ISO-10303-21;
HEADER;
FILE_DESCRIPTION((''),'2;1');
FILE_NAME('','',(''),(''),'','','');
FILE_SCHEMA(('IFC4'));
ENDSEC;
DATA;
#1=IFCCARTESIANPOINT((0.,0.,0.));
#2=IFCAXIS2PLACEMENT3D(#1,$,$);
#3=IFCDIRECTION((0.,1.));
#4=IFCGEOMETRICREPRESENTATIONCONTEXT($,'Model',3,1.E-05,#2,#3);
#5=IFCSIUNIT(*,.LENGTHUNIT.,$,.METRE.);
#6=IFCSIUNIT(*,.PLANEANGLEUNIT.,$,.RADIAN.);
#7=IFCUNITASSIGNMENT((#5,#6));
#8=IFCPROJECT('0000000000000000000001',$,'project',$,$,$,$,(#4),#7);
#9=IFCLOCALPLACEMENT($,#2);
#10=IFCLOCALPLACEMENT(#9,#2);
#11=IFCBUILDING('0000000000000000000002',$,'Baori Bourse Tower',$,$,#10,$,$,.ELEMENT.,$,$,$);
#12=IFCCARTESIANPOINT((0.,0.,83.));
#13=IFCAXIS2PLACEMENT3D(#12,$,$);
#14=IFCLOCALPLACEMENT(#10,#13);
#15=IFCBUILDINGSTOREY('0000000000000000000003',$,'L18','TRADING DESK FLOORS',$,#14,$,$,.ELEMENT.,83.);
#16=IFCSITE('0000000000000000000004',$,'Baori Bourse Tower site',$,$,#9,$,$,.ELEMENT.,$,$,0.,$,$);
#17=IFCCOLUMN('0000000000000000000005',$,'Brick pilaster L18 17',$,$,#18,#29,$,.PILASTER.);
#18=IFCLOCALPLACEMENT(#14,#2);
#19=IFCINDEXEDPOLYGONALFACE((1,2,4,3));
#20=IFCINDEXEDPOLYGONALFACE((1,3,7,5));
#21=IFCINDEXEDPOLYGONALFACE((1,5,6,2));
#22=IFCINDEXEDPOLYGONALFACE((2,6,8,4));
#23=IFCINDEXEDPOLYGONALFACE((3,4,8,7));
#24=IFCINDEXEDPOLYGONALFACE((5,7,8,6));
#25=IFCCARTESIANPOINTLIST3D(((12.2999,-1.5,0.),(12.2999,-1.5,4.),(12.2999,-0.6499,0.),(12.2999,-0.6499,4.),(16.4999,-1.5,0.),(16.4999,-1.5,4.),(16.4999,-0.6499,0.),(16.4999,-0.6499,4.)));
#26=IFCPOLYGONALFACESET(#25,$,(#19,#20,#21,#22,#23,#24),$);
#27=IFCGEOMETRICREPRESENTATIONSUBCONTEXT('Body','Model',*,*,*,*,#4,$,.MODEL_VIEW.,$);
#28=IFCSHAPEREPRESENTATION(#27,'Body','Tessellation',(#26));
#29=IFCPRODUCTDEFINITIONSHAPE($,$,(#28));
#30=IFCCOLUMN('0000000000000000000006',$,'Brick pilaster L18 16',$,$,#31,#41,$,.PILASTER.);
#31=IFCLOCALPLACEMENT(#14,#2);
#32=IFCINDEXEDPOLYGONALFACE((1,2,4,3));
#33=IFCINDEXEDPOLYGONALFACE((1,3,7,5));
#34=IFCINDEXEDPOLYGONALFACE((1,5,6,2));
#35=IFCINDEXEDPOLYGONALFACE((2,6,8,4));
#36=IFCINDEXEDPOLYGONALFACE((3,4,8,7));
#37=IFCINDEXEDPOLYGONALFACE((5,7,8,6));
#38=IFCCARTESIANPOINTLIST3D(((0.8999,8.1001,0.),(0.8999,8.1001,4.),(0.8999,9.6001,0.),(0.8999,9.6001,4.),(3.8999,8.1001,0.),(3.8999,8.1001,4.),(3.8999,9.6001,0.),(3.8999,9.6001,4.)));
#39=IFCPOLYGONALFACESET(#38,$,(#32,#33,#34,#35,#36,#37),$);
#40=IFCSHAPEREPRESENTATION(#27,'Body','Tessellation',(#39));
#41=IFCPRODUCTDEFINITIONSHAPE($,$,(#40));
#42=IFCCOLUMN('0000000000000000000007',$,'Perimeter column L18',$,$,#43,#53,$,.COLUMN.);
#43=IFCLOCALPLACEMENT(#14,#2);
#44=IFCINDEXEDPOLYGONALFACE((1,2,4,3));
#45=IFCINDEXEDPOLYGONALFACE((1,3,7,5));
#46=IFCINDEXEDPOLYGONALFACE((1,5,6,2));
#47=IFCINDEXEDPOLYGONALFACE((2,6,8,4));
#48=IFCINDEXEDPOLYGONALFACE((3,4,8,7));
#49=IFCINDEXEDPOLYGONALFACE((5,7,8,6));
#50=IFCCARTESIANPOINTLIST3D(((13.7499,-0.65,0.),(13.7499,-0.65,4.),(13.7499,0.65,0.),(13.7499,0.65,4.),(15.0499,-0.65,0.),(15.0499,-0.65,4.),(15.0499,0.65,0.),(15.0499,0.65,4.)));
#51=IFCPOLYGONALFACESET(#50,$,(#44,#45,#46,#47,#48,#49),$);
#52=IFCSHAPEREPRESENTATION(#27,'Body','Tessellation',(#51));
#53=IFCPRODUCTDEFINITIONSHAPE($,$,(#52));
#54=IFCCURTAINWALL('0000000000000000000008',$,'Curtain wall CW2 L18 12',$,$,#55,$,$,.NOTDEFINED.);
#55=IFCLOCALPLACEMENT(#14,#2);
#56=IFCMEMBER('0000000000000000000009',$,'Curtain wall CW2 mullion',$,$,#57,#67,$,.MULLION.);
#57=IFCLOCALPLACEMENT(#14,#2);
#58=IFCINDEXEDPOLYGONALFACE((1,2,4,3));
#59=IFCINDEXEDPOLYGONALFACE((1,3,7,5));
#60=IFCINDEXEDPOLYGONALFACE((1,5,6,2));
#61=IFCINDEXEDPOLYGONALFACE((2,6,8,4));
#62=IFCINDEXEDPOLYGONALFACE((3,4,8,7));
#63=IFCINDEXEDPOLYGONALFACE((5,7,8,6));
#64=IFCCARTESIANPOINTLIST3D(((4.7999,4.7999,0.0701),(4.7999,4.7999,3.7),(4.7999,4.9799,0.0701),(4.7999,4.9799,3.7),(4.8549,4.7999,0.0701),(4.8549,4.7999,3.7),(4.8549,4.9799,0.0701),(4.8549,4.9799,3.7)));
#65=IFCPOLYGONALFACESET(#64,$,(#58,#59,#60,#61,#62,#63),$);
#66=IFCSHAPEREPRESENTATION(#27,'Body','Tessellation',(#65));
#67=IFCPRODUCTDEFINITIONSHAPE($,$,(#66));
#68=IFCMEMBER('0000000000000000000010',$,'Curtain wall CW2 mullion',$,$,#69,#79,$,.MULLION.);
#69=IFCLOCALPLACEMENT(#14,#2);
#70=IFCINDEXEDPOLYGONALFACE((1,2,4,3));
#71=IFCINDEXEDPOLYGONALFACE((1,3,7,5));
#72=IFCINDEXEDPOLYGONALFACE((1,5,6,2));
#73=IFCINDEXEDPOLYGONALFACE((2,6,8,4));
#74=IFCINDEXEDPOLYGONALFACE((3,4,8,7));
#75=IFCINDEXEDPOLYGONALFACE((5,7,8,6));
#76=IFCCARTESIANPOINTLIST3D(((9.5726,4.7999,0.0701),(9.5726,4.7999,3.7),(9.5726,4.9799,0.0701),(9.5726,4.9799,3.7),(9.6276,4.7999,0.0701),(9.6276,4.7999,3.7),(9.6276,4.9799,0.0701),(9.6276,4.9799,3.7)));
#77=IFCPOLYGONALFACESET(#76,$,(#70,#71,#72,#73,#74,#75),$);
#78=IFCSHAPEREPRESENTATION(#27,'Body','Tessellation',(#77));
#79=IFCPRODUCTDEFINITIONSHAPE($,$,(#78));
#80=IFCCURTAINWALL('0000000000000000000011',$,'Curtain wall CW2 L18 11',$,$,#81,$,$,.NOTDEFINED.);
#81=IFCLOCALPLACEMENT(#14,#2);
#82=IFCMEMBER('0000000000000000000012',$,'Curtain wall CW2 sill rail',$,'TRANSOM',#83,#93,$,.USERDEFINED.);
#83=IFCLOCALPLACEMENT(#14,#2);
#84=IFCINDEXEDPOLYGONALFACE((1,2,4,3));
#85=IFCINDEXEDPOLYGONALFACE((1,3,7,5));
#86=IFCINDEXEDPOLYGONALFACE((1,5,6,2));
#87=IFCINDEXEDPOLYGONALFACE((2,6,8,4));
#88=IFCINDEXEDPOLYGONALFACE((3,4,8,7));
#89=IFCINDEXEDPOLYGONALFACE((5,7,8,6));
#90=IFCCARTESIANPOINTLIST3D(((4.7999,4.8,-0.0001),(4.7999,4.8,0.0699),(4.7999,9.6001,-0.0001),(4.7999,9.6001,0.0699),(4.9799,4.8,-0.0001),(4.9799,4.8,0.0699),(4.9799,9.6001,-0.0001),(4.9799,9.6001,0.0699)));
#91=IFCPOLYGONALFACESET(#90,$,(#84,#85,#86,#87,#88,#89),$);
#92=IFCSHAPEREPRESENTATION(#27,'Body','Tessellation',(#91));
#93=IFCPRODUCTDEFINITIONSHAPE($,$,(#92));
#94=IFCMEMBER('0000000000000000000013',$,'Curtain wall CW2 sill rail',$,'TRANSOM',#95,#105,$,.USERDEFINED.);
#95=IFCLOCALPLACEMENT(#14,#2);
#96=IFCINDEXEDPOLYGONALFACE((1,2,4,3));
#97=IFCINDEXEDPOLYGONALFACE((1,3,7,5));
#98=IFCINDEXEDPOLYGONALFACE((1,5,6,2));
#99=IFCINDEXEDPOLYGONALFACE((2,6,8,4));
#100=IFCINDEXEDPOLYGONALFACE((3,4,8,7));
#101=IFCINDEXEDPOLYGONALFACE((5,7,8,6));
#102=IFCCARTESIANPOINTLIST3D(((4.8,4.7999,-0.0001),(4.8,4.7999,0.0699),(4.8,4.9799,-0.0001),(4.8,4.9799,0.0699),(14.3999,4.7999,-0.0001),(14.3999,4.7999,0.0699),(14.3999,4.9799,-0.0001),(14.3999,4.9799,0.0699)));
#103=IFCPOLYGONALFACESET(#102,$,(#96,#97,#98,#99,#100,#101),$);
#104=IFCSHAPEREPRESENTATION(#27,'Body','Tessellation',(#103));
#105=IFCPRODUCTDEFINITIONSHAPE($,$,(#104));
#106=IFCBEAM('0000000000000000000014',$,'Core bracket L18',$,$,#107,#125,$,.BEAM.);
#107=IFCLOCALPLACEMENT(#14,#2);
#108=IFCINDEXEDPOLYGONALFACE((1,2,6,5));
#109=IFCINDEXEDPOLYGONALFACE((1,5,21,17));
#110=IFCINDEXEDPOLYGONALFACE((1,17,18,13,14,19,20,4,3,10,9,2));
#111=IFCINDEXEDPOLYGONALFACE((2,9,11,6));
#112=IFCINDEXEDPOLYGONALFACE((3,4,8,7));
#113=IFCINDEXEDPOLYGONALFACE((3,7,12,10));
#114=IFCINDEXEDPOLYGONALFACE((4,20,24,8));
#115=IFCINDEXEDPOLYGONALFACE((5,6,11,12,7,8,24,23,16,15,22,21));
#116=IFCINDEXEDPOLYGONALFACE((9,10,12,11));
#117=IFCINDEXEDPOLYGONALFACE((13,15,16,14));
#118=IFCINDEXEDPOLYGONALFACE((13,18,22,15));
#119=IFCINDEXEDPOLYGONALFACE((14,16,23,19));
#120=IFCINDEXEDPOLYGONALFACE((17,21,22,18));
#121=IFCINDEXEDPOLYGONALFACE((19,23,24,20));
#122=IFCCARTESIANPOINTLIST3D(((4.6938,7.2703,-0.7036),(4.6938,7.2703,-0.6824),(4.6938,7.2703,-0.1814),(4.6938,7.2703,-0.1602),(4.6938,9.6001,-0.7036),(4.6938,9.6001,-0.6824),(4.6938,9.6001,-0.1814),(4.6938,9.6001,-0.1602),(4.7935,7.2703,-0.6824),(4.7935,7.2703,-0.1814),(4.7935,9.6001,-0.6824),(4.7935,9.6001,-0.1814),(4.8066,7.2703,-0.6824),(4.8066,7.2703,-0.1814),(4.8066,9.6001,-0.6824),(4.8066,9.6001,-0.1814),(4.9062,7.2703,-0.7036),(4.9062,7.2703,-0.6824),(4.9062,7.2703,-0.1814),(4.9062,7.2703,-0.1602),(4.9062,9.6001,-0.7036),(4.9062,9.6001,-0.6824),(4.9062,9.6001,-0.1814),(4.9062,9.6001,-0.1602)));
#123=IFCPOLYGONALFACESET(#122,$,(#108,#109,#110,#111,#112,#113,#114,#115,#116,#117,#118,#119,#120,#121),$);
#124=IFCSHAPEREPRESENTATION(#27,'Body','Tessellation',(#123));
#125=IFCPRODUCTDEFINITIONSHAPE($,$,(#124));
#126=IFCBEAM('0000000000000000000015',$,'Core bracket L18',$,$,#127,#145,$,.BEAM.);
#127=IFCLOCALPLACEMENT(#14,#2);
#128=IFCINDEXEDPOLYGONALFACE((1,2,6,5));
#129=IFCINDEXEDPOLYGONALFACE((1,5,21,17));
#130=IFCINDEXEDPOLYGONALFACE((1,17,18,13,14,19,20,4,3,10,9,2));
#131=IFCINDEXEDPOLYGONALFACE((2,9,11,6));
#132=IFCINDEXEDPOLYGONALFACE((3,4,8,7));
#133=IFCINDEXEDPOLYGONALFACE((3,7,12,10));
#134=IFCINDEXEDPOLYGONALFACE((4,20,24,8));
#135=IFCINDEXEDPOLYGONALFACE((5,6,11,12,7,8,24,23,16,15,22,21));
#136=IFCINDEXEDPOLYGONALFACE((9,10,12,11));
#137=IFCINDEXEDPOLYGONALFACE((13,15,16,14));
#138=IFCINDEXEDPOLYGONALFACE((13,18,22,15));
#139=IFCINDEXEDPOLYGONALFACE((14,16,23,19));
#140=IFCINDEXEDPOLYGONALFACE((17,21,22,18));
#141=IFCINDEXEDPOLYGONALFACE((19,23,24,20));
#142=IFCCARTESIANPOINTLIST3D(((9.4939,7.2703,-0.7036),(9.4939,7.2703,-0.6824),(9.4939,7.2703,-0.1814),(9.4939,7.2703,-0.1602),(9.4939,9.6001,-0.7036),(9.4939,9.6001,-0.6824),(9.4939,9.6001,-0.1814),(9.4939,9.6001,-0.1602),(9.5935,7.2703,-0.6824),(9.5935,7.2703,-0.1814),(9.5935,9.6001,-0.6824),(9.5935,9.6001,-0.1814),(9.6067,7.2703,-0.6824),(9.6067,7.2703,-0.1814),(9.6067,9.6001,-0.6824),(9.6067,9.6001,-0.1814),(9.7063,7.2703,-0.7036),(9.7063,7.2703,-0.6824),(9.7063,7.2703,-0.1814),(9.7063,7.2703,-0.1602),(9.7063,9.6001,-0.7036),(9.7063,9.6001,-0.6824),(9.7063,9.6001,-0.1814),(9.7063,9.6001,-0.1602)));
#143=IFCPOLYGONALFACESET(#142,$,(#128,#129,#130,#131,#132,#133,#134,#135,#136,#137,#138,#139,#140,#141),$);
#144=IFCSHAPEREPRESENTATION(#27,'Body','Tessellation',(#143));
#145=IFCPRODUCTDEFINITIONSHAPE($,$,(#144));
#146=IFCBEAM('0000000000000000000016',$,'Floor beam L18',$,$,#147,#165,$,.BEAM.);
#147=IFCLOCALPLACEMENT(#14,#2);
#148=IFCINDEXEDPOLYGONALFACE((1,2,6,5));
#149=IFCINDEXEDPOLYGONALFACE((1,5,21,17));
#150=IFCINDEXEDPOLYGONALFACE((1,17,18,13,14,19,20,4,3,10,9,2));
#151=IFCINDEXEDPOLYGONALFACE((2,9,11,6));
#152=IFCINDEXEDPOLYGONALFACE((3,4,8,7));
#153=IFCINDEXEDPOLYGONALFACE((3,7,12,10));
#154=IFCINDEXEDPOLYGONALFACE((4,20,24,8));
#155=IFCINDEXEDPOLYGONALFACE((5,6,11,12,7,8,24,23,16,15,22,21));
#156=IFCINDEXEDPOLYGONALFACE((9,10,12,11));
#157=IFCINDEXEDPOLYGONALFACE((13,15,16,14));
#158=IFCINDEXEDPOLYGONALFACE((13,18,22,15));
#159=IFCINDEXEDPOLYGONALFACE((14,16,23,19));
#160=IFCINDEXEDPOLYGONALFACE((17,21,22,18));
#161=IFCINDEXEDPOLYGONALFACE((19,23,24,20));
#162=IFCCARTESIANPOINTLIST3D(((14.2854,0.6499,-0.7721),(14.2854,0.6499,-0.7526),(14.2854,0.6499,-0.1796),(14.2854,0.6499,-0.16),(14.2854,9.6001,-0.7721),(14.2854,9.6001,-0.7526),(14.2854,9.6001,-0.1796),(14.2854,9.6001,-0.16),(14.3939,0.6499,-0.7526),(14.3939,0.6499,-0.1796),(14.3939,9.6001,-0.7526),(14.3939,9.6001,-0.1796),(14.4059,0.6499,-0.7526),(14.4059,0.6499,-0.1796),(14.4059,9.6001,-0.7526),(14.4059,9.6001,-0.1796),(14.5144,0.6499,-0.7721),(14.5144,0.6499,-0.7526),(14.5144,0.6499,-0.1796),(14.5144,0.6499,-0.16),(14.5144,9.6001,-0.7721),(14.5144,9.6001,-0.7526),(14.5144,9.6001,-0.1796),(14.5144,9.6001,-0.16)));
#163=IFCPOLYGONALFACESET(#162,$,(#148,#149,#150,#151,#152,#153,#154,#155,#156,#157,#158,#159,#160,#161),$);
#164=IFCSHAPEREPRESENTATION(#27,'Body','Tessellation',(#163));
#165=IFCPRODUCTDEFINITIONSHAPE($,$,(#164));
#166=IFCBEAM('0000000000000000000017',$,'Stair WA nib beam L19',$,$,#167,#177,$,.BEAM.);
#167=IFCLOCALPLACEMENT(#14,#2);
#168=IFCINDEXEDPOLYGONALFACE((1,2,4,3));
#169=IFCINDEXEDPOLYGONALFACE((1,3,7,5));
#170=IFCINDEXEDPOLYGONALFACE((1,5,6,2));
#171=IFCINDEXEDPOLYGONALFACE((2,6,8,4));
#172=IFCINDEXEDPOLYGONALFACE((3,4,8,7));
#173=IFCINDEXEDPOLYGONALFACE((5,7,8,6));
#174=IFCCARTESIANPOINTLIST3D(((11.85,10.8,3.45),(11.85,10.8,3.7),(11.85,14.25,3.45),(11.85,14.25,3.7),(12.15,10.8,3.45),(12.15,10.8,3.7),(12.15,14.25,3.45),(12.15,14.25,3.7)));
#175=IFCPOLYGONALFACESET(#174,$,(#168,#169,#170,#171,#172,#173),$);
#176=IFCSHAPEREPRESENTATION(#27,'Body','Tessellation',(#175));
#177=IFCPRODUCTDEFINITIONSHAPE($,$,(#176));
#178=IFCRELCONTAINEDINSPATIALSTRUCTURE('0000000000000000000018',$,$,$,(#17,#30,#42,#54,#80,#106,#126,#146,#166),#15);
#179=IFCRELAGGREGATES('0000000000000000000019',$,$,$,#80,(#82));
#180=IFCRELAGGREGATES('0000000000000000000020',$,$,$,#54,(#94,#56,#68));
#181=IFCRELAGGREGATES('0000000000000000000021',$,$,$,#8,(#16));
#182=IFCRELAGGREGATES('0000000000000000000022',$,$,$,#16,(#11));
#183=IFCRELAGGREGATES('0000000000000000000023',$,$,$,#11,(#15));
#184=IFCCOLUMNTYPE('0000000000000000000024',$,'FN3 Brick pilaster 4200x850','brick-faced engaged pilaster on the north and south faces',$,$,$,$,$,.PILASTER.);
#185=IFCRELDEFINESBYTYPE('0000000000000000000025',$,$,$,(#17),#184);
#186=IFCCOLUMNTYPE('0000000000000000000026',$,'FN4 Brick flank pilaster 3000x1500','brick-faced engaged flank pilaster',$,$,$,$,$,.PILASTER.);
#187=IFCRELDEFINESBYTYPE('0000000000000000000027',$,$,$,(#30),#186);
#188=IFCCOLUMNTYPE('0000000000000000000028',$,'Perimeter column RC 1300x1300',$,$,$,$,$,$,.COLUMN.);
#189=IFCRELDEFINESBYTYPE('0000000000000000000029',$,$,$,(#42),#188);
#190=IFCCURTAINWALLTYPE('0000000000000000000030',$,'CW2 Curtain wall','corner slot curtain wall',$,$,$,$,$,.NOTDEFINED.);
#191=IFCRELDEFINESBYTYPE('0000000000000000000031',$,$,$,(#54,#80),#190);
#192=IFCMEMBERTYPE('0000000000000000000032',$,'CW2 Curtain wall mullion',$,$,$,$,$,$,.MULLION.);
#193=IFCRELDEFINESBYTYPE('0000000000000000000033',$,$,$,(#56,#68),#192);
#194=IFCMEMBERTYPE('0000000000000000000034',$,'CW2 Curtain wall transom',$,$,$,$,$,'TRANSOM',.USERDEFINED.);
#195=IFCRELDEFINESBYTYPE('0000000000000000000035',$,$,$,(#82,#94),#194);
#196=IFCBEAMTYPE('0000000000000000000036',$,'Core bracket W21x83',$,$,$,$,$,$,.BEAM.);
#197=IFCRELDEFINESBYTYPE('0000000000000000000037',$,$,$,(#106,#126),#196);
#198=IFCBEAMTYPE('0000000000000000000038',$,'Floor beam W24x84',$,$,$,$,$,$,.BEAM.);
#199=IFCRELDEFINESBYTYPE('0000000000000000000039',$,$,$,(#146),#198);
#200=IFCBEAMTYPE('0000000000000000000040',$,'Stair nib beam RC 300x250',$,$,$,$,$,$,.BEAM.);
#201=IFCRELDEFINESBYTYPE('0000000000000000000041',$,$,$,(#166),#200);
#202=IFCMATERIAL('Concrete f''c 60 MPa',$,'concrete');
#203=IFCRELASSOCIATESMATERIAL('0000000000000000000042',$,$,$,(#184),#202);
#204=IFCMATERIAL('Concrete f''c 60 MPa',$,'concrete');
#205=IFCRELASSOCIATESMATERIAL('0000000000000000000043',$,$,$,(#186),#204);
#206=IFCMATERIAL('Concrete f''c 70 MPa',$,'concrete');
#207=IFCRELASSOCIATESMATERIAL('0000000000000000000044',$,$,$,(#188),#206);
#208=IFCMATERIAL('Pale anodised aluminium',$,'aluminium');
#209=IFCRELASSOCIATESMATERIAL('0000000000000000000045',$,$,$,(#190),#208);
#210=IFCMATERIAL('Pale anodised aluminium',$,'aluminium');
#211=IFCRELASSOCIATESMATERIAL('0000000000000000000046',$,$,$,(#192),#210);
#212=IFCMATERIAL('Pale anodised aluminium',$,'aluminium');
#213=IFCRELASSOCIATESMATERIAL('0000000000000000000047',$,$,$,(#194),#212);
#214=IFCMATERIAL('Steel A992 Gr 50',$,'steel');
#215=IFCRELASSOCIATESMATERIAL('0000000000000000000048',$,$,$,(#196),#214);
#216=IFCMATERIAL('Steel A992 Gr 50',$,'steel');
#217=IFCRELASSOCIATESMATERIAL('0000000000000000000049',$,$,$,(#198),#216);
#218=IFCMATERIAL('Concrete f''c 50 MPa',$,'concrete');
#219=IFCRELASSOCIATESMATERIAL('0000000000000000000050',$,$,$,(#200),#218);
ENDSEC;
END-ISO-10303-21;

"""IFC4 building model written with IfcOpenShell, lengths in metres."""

from ifc_helpers import new_model, si_unit, direction, frame, origin, origin_2d, place, context, subcontext, project, spatial, rectangle, i_section, extrude, material, material_profile, profile_set, type_object, element, aggregate, save


model = new_model("IFC4")

# Units and contexts
model_context = context("Model", 3, precision=1e-05, world=origin(), true_north=direction((0.0, 1.0)))
body_context = subcontext(model_context, "Body", "Model", "MODEL_VIEW")
ifc_project = project(units=[si_unit("LENGTHUNIT", "METRE"), si_unit("PLANEANGLEUNIT", "RADIAN")], contexts=[model_context])

# Site, building, storey
site_placement = place(None, origin())
site = spatial("IfcSite", under=ifc_project, at=site_placement, Name="Baori Bourse Tower site", CompositionType="ELEMENT", RefElevation=0.0)
building_placement = place(site_placement, origin())
building = spatial("IfcBuilding", under=site, at=building_placement, Name="Baori Bourse Tower", CompositionType="ELEMENT")
storey_placement = place(building_placement, frame((0.0, 0.0, 83.0)))
storey = spatial("IfcBuildingStorey", under=building, at=storey_placement, Name="L18", Description="TRADING DESK FLOORS", CompositionType="ELEMENT", Elevation=83.0)

# Columns
ifc_material_1 = material(Name="Concrete f'c 60 MPa", Category="concrete")
ifc_material_profile_1 = material_profile(ifc_material_1, rectangle(XDim=4.2, YDim=0.8501, at=origin_2d()), Name="RC 4200x850")
ifc_profile_set_1 = profile_set([ifc_material_profile_1], Name="Concrete f'c 60 MPa")
column_type_1 = type_object("IfcColumnType", Name="FN3 Brick pilaster 4200x850", Description="brick-faced engaged pilaster on the north and south faces", PredefinedType="PILASTER", material=ifc_profile_set_1)
column_1_placement = place(storey_placement, frame((14.3999, -1.075, 0.0), z_axis=(0.0, 0.0, 1.0), x_axis=(1.0, 0.0, 0.0)))
element("IfcColumn", 1, at=column_1_placement, inside=storey, type_object=column_type_1, Name="Brick pilaster L18 17", PredefinedType="PILASTER", context=body_context, shape_type="SweptSolid", body=[
    extrude(rectangle(XDim=4.2, YDim=0.8501, at=origin_2d()), origin(), (0.0, 0.0, 1.0), 4.0),
])
ifc_material_2 = material(Name="Concrete f'c 60 MPa", Category="concrete")
ifc_material_profile_2 = material_profile(ifc_material_2, rectangle(XDim=3.0, YDim=1.5, at=origin_2d()), Name="RC 3000x1500")
ifc_profile_set_2 = profile_set([ifc_material_profile_2], Name="Concrete f'c 60 MPa")
column_type_2 = type_object("IfcColumnType", Name="FN4 Brick flank pilaster 3000x1500", Description="brick-faced engaged flank pilaster", PredefinedType="PILASTER", material=ifc_profile_set_2)
column_2_placement = place(storey_placement, frame((2.3999, 8.8501, 0.0), z_axis=(0.0, 0.0, 1.0), x_axis=(1.0, 0.0, 0.0)))
element("IfcColumn", 2, at=column_2_placement, inside=storey, type_object=column_type_2, Name="Brick pilaster L18 16", PredefinedType="PILASTER", context=body_context, shape_type="SweptSolid", body=[
    extrude(rectangle(XDim=3.0, YDim=1.5, at=origin_2d()), origin(), (0.0, 0.0, 1.0), 4.0),
])
ifc_material_3 = material(Name="Concrete f'c 70 MPa", Category="concrete")
ifc_material_profile_3 = material_profile(ifc_material_3, rectangle(XDim=1.3, YDim=1.3, at=origin_2d()), Name="RC 1300x1300")
ifc_profile_set_3 = profile_set([ifc_material_profile_3], Name="Concrete f'c 70 MPa")
column_type_3 = type_object("IfcColumnType", Name="Perimeter column RC 1300x1300", PredefinedType="COLUMN", material=ifc_profile_set_3)
column_3_placement = place(storey_placement, frame((14.3999, 0.0, 0.0), z_axis=(0.0, 0.0, 1.0), x_axis=(1.0, 0.0, 0.0)))
element("IfcColumn", 3, at=column_3_placement, inside=storey, type_object=column_type_3, Name="Perimeter column L18", PredefinedType="COLUMN", context=body_context, shape_type="SweptSolid", body=[
    extrude(rectangle(XDim=1.3, YDim=1.3, at=origin_2d()), origin(), (0.0, 0.0, 1.0), 4.0),
])

# Curtain wall, members
ifc_material_4 = material(Name="Pale anodised aluminium", Category="aluminium")
curtain_wall_type = type_object("IfcCurtainWallType", Name="CW2 Curtain wall", Description="corner slot curtain wall", PredefinedType="NOTDEFINED", material=ifc_material_4)
curtain_wall_1_placement = place(storey_placement, origin())
curtain_wall_1 = element("IfcCurtainWall", 4, at=curtain_wall_1_placement, inside=storey, type_object=curtain_wall_type, Name="Curtain wall CW2 L18 12", PredefinedType="NOTDEFINED")
ifc_material_5 = material(Name="Pale anodised aluminium", Category="aluminium")
ifc_material_profile_4 = material_profile(ifc_material_5, rectangle(XDim=0.1799, YDim=0.0549, at=origin_2d()), Name="Mullion 55x180")
ifc_profile_set_4 = profile_set([ifc_material_profile_4], Name="Pale anodised aluminium")
member_type_1 = type_object("IfcMemberType", Name="CW2 Curtain wall mullion", PredefinedType="MULLION", material=ifc_profile_set_4)
member_1_placement = place(storey_placement, frame((4.8274, 4.8899, 0.0701), z_axis=(0.0, 0.0, 1.0), x_axis=(0.0, 1.0, 0.0)))
member_1 = element("IfcMember", 5, at=member_1_placement, type_object=member_type_1, Name="Curtain wall CW2 mullion", PredefinedType="MULLION", context=body_context, shape_type="SweptSolid", body=[
    extrude(rectangle(XDim=0.1799, YDim=0.0549, at=origin_2d()), origin(), (0.0, 0.0, 1.0), 3.6299),
])
member_2_placement = place(storey_placement, frame((9.6001, 4.8899, 0.0701), z_axis=(0.0, 0.0, 1.0), x_axis=(0.0, 1.0, 0.0)))
member_2 = element("IfcMember", 6, at=member_2_placement, type_object=member_type_1, Name="Curtain wall CW2 mullion", PredefinedType="MULLION", context=body_context, shape_type="SweptSolid", body=[
    extrude(rectangle(XDim=0.1799, YDim=0.0549, at=origin_2d()), origin(), (0.0, 0.0, 1.0), 3.6299),
])

# Curtain wall, member
curtain_wall_2_placement = place(storey_placement, origin())
curtain_wall_2 = element("IfcCurtainWall", 7, at=curtain_wall_2_placement, inside=storey, type_object=curtain_wall_type, Name="Curtain wall CW2 L18 11", PredefinedType="NOTDEFINED")
ifc_material_6 = material(Name="Pale anodised aluminium", Category="aluminium")
ifc_material_profile_5 = material_profile(ifc_material_6, rectangle(XDim=0.1799, YDim=0.0701, at=origin_2d()), Name="Transom 70x180")
ifc_profile_set_5 = profile_set([ifc_material_profile_5], Name="Pale anodised aluminium")
member_type_2 = type_object("IfcMemberType", Name="CW2 Curtain wall transom", ElementType="TRANSOM", PredefinedType="USERDEFINED", material=ifc_profile_set_5)
member_3_placement = place(storey_placement, frame((4.8899, 9.6001, 0.0349), z_axis=(0.0, -1.0, 0.0), x_axis=(1.0, 0.0, 0.0)))
member_3 = element("IfcMember", 8, at=member_3_placement, type_object=member_type_2, Name="Curtain wall CW2 sill rail", ObjectType="TRANSOM", PredefinedType="USERDEFINED", context=body_context, shape_type="SweptSolid", body=[
    extrude(rectangle(XDim=0.1799, YDim=0.0701, at=origin_2d()), origin(), (0.0, 0.0, 1.0), 4.8),
])

# Member
member_4_placement = place(storey_placement, frame((4.8, 4.8899, 0.0349), z_axis=(1.0, 0.0, 0.0), x_axis=(0.0, 1.0, 0.0)))
member_4 = element("IfcMember", 9, at=member_4_placement, type_object=member_type_2, Name="Curtain wall CW2 sill rail", ObjectType="TRANSOM", PredefinedType="USERDEFINED", context=body_context, shape_type="SweptSolid", body=[
    extrude(rectangle(XDim=0.1799, YDim=0.0701, at=origin_2d()), origin(), (0.0, 0.0, 1.0), 9.5999),
])

# Beams
ifc_material_7 = material(Name="Steel A992 Gr 50", Category="steel")
ifc_material_profile_6 = material_profile(ifc_material_7, i_section(OverallWidth=0.2124, OverallDepth=0.5435, WebThickness=0.0132, FlangeThickness=0.0212, at=origin_2d()), Name="W21x83")
ifc_profile_set_6 = profile_set([ifc_material_profile_6], Name="Steel A992 Gr 50")
beam_type_1 = type_object("IfcBeamType", Name="Core bracket W21x83", PredefinedType="BEAM", material=ifc_profile_set_6)
for number, where, z_axis, x_axis, name in (
    (10, (4.8, 7.2703, -0.4319), (0.0, 1.0, 0.0), (-1.0, 0.0, 0.0), "Core bracket L18"),
    (11, (9.6001, 7.2703, -0.4319), (0.0, 1.0, 0.0), (-1.0, 0.0, 0.0), "Core bracket L18"),
):
    element("IfcBeam", number, at=place(storey_placement, frame(where, z_axis=z_axis, x_axis=x_axis)), inside=storey, type_object=beam_type_1, Name=name, PredefinedType="BEAM", context=body_context, shape_type="SweptSolid", body=[
        extrude(i_section(OverallWidth=0.2124, OverallDepth=0.5435, WebThickness=0.0132, FlangeThickness=0.0212, at=origin_2d()), origin(), (0.0, 0.0, 1.0), 2.3298),
    ])
ifc_material_8 = material(Name="Steel A992 Gr 50", Category="steel")
ifc_material_profile_7 = material_profile(ifc_material_8, i_section(OverallWidth=0.229, OverallDepth=0.6121, WebThickness=0.012, FlangeThickness=0.0195, at=origin_2d()), Name="W24x84")
ifc_profile_set_7 = profile_set([ifc_material_profile_7], Name="Steel A992 Gr 50")
beam_type_2 = type_object("IfcBeamType", Name="Floor beam W24x84", PredefinedType="BEAM", material=ifc_profile_set_7)
beam_1_placement = place(storey_placement, frame((14.3999, 0.6499, -0.4661), z_axis=(0.0, 1.0, 0.0), x_axis=(-1.0, 0.0, 0.0)))
element("IfcBeam", 12, at=beam_1_placement, inside=storey, type_object=beam_type_2, Name="Floor beam L18", PredefinedType="BEAM", context=body_context, shape_type="SweptSolid", body=[
    extrude(i_section(OverallWidth=0.229, OverallDepth=0.6121, WebThickness=0.012, FlangeThickness=0.0195, at=origin_2d()), origin(), (0.0, 0.0, 1.0), 8.9502),
])
ifc_material_9 = material(Name="Concrete f'c 50 MPa", Category="concrete")
ifc_material_profile_8 = material_profile(ifc_material_9, rectangle(XDim=0.3, YDim=0.25, at=origin_2d()), Name="RC 300x250")
ifc_profile_set_8 = profile_set([ifc_material_profile_8], Name="Concrete f'c 50 MPa")
beam_type_3 = type_object("IfcBeamType", Name="Stair nib beam RC 300x250", PredefinedType="BEAM", material=ifc_profile_set_8)
beam_2_placement = place(storey_placement, frame((12.0, 10.8, 3.575), z_axis=(0.0, 1.0, 0.0), x_axis=(-1.0, 0.0, 0.0)))
element("IfcBeam", 13, at=beam_2_placement, inside=storey, type_object=beam_type_3, Name="Stair WA nib beam L19", PredefinedType="BEAM", context=body_context, shape_type="SweptSolid", body=[
    extrude(rectangle(XDim=0.3, YDim=0.25, at=origin_2d()), origin(), (0.0, 0.0, 1.0), 3.45),
])

aggregate(curtain_wall_2, [member_3])
aggregate(curtain_wall_1, [member_4, member_1, member_2])

save(model, "model.ifc")
